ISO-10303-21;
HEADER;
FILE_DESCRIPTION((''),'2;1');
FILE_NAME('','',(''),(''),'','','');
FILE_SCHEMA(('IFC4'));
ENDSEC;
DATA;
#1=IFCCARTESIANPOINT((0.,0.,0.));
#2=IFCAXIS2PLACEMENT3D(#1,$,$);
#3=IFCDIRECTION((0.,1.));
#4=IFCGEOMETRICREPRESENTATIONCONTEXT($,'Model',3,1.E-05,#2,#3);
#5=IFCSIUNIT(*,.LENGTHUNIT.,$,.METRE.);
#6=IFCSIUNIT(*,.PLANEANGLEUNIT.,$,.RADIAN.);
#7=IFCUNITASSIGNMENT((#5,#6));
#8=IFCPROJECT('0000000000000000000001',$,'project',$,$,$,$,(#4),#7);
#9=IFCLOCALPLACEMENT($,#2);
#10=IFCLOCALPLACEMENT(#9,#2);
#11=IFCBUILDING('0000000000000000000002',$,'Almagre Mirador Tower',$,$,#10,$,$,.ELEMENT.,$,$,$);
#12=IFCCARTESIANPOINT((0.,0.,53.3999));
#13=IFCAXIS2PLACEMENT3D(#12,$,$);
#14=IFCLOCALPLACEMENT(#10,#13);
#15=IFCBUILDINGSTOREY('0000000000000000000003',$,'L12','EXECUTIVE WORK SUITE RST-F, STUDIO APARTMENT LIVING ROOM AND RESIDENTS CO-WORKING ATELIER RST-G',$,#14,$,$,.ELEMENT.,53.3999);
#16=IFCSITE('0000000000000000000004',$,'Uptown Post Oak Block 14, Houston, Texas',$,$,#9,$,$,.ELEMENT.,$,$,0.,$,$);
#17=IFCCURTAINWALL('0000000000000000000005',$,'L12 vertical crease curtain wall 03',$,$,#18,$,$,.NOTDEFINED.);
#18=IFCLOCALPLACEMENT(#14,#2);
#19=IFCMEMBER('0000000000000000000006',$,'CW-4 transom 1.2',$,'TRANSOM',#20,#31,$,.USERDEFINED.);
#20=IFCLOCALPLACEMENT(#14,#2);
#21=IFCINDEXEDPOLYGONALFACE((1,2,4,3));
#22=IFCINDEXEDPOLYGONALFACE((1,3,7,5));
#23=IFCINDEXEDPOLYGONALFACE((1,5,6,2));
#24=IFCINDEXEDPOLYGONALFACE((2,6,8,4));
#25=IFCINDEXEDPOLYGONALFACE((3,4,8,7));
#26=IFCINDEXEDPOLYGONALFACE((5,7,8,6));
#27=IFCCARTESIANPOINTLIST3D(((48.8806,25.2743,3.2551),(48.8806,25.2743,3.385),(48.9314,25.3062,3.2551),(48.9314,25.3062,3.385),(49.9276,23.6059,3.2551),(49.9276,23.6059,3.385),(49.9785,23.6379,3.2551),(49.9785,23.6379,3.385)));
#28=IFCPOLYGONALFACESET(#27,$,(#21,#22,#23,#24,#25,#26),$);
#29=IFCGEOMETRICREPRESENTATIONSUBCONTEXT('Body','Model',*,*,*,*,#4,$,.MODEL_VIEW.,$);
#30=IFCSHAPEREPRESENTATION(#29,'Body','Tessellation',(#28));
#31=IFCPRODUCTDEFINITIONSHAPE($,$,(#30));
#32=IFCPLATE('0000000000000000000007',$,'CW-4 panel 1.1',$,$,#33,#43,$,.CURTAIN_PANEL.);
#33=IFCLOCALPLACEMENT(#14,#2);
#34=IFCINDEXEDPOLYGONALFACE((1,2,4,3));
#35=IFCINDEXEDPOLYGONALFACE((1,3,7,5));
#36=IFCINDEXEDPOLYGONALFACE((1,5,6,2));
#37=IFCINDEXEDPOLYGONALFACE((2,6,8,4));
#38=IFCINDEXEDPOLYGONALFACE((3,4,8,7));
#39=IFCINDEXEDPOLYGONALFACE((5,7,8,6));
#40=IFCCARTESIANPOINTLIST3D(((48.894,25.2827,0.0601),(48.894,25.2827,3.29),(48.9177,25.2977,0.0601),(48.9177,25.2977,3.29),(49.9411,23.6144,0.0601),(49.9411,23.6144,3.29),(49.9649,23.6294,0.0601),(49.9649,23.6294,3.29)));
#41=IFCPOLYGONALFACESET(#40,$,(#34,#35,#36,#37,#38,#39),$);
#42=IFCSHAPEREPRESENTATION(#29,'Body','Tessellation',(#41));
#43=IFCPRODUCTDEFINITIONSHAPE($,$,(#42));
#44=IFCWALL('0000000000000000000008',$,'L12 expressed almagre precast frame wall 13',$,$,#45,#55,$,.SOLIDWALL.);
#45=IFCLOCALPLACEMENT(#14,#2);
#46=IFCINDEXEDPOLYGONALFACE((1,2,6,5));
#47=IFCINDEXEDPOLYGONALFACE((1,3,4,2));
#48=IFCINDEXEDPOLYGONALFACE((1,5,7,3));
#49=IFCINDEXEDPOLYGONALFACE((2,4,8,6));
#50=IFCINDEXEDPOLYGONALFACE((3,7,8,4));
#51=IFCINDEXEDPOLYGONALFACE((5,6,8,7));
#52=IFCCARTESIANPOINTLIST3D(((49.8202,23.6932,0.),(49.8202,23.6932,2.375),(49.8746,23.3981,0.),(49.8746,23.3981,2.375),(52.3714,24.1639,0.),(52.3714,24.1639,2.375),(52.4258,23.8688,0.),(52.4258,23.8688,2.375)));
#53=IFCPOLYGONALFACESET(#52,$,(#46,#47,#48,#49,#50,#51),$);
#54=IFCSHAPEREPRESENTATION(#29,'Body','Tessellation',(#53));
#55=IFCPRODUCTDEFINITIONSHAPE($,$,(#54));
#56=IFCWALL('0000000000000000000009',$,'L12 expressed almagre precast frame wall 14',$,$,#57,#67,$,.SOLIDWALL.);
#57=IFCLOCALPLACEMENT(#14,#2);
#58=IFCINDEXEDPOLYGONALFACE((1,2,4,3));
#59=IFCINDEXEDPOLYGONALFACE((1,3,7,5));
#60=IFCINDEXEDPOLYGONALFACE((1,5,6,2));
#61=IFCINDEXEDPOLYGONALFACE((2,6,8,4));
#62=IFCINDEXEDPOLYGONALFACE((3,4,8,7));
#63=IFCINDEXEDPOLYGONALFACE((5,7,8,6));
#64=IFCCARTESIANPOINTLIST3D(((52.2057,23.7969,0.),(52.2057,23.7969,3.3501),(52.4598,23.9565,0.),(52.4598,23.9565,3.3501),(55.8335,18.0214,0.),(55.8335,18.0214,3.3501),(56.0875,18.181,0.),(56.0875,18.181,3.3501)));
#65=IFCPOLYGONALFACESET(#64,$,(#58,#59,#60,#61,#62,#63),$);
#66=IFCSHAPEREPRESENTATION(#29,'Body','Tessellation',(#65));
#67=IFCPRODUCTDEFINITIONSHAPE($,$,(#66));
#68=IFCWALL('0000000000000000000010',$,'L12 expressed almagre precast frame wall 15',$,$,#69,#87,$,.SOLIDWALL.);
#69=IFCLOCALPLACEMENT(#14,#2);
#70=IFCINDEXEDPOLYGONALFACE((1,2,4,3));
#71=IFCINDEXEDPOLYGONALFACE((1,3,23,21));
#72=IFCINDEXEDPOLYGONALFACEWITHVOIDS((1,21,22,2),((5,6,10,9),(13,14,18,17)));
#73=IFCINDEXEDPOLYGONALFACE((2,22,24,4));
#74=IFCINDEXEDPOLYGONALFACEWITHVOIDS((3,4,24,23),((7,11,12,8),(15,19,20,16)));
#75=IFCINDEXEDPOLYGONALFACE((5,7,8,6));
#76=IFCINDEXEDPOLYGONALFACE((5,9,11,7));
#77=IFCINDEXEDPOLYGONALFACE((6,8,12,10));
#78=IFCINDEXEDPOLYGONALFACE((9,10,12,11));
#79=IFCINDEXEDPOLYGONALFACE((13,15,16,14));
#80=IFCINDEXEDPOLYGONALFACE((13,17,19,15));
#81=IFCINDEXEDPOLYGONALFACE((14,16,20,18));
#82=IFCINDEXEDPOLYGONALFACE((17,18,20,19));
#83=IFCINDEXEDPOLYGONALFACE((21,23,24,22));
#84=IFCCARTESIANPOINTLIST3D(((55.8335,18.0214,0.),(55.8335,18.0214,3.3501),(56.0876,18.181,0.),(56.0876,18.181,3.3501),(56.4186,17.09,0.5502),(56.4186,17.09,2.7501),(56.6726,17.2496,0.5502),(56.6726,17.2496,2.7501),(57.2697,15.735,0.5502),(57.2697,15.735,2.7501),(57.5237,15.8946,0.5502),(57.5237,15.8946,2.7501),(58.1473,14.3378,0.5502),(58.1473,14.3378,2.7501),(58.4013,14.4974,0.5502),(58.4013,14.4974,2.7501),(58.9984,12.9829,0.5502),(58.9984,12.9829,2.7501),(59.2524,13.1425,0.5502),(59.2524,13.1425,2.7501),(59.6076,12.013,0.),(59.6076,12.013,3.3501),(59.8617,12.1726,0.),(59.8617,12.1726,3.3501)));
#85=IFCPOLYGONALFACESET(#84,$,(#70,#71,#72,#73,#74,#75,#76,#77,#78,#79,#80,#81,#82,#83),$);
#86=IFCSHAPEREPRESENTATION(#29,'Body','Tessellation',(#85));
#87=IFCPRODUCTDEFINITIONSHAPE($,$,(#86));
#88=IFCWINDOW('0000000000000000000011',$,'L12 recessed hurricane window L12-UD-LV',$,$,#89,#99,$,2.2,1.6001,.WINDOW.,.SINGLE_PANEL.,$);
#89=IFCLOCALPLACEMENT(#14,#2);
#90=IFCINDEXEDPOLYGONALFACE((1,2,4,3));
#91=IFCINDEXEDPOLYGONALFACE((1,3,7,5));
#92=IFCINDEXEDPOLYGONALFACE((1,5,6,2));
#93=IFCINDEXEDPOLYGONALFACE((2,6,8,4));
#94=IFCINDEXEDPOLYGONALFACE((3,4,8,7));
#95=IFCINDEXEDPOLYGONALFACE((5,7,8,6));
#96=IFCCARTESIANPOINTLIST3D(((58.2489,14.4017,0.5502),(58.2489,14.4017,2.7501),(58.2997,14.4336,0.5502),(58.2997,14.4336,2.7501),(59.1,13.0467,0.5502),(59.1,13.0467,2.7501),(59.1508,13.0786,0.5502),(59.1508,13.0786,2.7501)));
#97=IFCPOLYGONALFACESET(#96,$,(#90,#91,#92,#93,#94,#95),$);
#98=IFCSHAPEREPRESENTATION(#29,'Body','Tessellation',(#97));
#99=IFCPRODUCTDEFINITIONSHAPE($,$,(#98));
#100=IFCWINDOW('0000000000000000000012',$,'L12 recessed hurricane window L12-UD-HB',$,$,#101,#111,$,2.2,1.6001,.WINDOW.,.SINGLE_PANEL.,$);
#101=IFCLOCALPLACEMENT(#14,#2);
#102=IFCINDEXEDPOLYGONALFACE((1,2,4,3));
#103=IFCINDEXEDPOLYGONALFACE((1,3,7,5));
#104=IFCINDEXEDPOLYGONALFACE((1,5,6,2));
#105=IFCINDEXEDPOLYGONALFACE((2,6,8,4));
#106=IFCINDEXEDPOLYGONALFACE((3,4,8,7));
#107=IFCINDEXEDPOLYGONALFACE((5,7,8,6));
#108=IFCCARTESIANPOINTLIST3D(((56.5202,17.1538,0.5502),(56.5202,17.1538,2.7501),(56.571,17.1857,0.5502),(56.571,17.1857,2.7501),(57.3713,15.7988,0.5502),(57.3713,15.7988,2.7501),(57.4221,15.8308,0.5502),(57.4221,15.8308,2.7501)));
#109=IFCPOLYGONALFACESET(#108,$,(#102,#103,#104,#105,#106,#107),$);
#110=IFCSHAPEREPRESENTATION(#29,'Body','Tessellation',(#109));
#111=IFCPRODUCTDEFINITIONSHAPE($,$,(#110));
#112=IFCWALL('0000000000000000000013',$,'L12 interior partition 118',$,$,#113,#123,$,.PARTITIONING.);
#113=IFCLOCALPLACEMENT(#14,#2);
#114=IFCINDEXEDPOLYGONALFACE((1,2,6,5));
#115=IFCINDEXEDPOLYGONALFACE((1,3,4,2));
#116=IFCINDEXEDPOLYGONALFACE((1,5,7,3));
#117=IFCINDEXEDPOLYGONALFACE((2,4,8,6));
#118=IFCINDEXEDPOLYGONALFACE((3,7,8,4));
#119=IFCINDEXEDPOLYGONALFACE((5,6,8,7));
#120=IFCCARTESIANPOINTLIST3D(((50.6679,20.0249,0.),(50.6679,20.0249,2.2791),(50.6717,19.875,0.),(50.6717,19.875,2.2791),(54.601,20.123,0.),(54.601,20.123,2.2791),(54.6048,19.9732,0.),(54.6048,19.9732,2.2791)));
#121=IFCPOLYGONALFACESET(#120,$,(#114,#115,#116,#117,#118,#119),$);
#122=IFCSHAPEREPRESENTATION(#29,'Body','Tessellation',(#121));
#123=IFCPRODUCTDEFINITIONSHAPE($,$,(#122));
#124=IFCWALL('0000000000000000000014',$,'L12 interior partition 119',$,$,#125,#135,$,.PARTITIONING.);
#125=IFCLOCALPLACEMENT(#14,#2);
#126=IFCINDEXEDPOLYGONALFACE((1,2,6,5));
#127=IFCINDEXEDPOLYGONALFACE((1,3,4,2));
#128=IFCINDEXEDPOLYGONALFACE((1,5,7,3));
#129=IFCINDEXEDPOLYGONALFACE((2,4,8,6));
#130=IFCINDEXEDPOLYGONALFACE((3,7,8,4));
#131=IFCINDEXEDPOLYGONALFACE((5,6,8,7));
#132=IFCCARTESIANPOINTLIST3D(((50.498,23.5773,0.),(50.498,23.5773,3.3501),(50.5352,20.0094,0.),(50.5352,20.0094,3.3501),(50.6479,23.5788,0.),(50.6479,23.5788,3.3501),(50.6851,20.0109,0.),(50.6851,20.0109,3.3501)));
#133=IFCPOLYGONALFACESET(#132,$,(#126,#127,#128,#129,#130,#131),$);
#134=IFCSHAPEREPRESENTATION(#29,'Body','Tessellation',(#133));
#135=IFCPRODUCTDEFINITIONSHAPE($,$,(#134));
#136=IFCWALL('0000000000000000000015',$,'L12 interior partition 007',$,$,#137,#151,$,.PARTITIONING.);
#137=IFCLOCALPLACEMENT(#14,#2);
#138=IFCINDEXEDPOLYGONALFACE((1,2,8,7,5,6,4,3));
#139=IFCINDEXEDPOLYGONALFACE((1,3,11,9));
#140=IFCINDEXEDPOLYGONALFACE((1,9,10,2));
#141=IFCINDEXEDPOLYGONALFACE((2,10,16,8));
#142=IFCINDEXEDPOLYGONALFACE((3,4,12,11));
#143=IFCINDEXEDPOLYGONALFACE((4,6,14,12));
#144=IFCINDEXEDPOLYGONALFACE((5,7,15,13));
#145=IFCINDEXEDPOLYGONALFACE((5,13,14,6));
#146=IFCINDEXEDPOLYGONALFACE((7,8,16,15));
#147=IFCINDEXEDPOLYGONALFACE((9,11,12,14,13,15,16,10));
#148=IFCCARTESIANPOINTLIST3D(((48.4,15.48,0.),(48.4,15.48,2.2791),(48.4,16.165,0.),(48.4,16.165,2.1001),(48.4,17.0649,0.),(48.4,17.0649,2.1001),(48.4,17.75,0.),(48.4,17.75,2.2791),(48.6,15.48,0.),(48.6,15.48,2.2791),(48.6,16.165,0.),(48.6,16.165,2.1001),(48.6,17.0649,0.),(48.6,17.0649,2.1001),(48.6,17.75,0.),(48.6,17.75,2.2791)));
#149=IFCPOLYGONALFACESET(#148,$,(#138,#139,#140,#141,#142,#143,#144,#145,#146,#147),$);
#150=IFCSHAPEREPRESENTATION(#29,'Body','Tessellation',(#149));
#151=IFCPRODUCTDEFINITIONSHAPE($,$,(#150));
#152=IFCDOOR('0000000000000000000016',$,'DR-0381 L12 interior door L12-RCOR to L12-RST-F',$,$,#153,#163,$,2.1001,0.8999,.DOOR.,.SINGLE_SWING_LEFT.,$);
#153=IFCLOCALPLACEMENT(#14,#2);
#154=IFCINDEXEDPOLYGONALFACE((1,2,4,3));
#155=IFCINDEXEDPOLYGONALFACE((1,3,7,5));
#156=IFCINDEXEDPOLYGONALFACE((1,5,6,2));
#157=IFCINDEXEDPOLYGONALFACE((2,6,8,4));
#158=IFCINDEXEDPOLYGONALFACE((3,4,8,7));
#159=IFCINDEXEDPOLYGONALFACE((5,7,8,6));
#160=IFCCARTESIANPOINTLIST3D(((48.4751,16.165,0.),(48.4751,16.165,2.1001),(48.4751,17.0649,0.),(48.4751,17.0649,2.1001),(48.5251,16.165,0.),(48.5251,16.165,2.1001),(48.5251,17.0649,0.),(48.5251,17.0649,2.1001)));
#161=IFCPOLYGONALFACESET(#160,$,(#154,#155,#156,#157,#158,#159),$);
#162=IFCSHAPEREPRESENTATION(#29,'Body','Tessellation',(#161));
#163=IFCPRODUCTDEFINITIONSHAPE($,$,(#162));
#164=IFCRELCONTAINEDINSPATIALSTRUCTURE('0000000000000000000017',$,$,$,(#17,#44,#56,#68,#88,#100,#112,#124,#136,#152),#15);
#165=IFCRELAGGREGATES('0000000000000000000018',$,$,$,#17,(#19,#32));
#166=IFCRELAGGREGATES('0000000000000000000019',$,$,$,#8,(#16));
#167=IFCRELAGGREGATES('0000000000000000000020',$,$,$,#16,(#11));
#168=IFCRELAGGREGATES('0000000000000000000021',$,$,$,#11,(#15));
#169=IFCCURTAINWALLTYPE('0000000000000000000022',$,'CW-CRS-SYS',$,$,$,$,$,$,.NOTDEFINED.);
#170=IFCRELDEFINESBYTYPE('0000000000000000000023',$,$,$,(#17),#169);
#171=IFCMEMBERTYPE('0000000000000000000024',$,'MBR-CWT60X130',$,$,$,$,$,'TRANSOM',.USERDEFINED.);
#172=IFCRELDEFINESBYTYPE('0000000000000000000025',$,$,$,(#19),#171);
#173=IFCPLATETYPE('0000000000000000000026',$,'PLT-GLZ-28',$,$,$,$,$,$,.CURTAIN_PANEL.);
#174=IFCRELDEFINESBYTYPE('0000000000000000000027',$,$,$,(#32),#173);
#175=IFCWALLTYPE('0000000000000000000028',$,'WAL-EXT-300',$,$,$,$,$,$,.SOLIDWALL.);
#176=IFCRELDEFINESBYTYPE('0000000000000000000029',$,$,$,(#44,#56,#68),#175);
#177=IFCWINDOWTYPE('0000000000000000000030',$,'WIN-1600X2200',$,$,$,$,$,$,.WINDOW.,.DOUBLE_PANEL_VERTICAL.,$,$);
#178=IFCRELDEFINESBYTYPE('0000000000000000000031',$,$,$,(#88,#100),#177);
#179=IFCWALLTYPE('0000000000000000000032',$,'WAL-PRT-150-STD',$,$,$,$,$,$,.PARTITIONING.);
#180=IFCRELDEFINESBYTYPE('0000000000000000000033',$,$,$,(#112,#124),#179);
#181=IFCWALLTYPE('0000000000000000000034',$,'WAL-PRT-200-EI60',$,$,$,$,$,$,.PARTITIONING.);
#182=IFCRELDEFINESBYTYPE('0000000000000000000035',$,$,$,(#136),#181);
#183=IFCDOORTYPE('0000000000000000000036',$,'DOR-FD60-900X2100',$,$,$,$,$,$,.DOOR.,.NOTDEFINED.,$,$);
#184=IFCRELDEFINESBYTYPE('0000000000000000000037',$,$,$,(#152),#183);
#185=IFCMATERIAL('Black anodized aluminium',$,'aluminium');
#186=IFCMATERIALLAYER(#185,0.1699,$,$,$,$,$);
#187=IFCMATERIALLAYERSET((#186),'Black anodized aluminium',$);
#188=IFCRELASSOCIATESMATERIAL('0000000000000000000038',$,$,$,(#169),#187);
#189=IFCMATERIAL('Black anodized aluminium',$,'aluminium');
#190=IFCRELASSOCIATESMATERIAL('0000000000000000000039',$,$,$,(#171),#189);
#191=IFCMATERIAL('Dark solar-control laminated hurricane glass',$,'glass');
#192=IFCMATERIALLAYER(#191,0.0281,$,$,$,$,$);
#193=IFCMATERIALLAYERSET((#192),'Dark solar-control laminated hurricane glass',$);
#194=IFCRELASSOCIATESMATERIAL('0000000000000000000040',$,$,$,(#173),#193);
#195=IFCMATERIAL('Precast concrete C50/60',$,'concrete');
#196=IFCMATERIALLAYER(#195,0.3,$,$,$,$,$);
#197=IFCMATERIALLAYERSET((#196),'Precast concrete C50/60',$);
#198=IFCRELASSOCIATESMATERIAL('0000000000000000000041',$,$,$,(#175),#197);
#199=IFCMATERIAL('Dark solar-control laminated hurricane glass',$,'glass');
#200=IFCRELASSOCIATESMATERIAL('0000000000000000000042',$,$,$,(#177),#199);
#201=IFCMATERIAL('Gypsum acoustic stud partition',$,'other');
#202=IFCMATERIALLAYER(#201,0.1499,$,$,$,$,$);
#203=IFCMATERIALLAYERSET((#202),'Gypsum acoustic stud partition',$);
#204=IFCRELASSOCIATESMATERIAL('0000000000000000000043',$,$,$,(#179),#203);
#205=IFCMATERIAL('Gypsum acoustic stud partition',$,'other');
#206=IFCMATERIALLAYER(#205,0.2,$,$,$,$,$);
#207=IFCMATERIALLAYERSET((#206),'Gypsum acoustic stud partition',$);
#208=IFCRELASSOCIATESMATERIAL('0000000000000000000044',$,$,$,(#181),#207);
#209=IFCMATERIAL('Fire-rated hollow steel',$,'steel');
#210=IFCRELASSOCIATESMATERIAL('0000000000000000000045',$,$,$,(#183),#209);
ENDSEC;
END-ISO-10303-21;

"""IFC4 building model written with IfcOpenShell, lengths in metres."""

from ifc_helpers import new_model, si_unit, direction, frame, frame_2d, origin, origin_2d, place, context, subcontext, project, spatial, rectangle, extrude, material, layer, layer_set, material_profile, profile_set, type_object, element, fill, aggregate, save


model = new_model("IFC4")

# Units and contexts
model_context = context("Model", 3, precision=1e-05, world=origin(), true_north=direction((0.0, 1.0)))
body_context = subcontext(model_context, "Body", "Model", "MODEL_VIEW")
ifc_project = project(units=[si_unit("LENGTHUNIT", "METRE"), si_unit("PLANEANGLEUNIT", "RADIAN")], contexts=[model_context])

# Site, building, storey
site_placement = place(None, origin())
site = spatial("IfcSite", under=ifc_project, at=site_placement, Name="Uptown Post Oak Block 14, Houston, Texas", CompositionType="ELEMENT", RefElevation=0.0)
building_placement = place(site_placement, origin())
building = spatial("IfcBuilding", under=site, at=building_placement, Name="Almagre Mirador Tower", CompositionType="ELEMENT")
storey_placement = place(building_placement, frame((0.0, 0.0, 53.3999)))
storey = spatial("IfcBuildingStorey", under=building, at=storey_placement, Name="L12", Description="EXECUTIVE WORK SUITE RST-F, STUDIO APARTMENT LIVING ROOM AND RESIDENTS CO-WORKING ATELIER RST-G", CompositionType="ELEMENT", Elevation=53.3999)

# Curtain wall, member, plate
ifc_material_1 = material(Name="Black anodized aluminium", Category="aluminium")
ifc_layer_1 = layer(ifc_material_1, 0.1699)
ifc_layer_set_1 = layer_set([ifc_layer_1], Name="Black anodized aluminium")
curtain_wall_type = type_object("IfcCurtainWallType", Name="CW-CRS-SYS", PredefinedType="NOTDEFINED", material=ifc_layer_set_1)
curtain_wall_placement = place(storey_placement, origin())
curtain_wall = element("IfcCurtainWall", 1, at=curtain_wall_placement, inside=storey, type_object=curtain_wall_type, Name="L12 vertical crease curtain wall 03", PredefinedType="NOTDEFINED")
ifc_material_2 = material(Name="Black anodized aluminium", Category="aluminium")
ifc_material_profile_1 = material_profile(ifc_material_2, rectangle(XDim=0.0601, YDim=0.1299, at=origin_2d()), Name="CWT60X130")
ifc_profile_set_1 = profile_set([ifc_material_profile_1], Name="Black anodized aluminium")
member_type_1 = type_object("IfcMemberType", Name="MBR-CWT60X130", ElementType="TRANSOM", PredefinedType="USERDEFINED", material=ifc_profile_set_1)
member_1_placement = place(storey_placement, frame((48.906, 25.2903, 3.3201), z_axis=(0.53158, -0.847008, 0.0), x_axis=(0.847008, 0.53158, 0.0)))
member_1 = element("IfcMember", 2, at=member_1_placement, type_object=member_type_1, Name="CW-4 transom 1.2", ObjectType="TRANSOM", PredefinedType="USERDEFINED", context=body_context, shape_type="SweptSolid", body=[
    extrude(rectangle(XDim=0.0601, YDim=0.1299, at=origin_2d()), origin(), (0.0, 0.0, 1.0), 1.9697),
])
ifc_material_3 = material(Name="Dark solar-control laminated hurricane glass", Category="glass")
ifc_layer_2 = layer(ifc_material_3, 0.0281)
ifc_layer_set_2 = layer_set([ifc_layer_2], Name="Dark solar-control laminated hurricane glass")
plate_type = type_object("IfcPlateType", Name="PLT-GLZ-28", PredefinedType="CURTAIN_PANEL", material=ifc_layer_set_2)
plate_placement = place(storey_placement, frame((49.4294, 24.4561, 0.0601), z_axis=(0.0, 0.0, 1.0), x_axis=(0.531632, -0.846975, 0.0)))
plate = element("IfcPlate", 3, at=plate_placement, type_object=plate_type, Name="CW-4 panel 1.1", PredefinedType="CURTAIN_PANEL", context=body_context, shape_type="SweptSolid", body=[
    extrude(rectangle(XDim=1.9697, YDim=0.0281, at=origin_2d()), origin(), (0.0, 0.0, 1.0), 3.23),
])
aggregate(curtain_wall, [member_1, plate])

# Walls
ifc_material_4 = material(Name="Precast concrete C50/60", Category="concrete")
ifc_layer_3 = layer(ifc_material_4, 0.3)
ifc_layer_set_3 = layer_set([ifc_layer_3], Name="Precast concrete C50/60")
wall_type_1 = type_object("IfcWallType", Name="WAL-EXT-300", PredefinedType="SOLIDWALL", material=ifc_layer_set_3)
wall_1_placement = place(storey_placement, frame((49.8474, 23.5457, 0.0), z_axis=(0.0, 0.0, 1.0), x_axis=(0.983403, 0.181435, 0.0)))
element("IfcWall", 4, at=wall_1_placement, inside=storey, type_object=wall_type_1, Name="L12 expressed almagre precast frame wall 13", PredefinedType="SOLIDWALL", context=body_context, shape_type="SweptSolid", body=[
    extrude(rectangle(XDim=2.5942, YDim=0.3, at=frame_2d((1.2971, 0.0))), origin(), (0.0, 0.0, 1.0), 2.375),
])
wall_2_placement = place(storey_placement, frame((52.3328, 23.8767, 0.0), z_axis=(0.0, 0.0, 1.0), x_axis=(0.531902, -0.846806, 0.0)))
element("IfcWall", 5, at=wall_2_placement, inside=storey, type_object=wall_type_1, Name="L12 expressed almagre precast frame wall 14", PredefinedType="SOLIDWALL", context=body_context, shape_type="SweptSolid", body=[
    extrude(rectangle(XDim=6.8203, YDim=0.3, at=frame_2d((3.4102, 0.0))), origin(), (0.0, 0.0, 1.0), 3.3501),
])

# Wall, openings, windows
wall_3_placement = place(storey_placement, frame((55.9604, 18.1013, 0.0), z_axis=(0.0, 0.0, 1.0), x_axis=(0.531906, -0.846803, 0.0)))
wall_3 = element("IfcWall", 6, at=wall_3_placement, inside=storey, type_object=wall_type_1, Name="L12 expressed almagre precast frame wall 15", PredefinedType="SOLIDWALL", context=body_context, shape_type="SweptSolid", body=[
    extrude(rectangle(XDim=7.0955, YDim=0.3, at=frame_2d((3.5479, 0.0))), origin(), (0.0, 0.0, 1.0), 3.3501),
])
opening_1_placement = place(wall_3_placement, frame((4.3501, 0.0, 0.55)))
opening_1 = element("IfcOpeningElement", 7, at=opening_1_placement, cuts=wall_3, PredefinedType="OPENING", context=body_context, shape_type="SweptSolid", body=[
    extrude(rectangle(XDim=1.6001, YDim=2.2, at=frame_2d((0.8, 1.1001))), frame((0.0, 0.1599, 0.0), z_axis=(0.0, -1.0, 0.0), x_axis=(1.0, 0.0, 0.0)), (0.0, 0.0, 1.0), 0.32),
])
opening_2_placement = place(wall_3_placement, frame((1.1001, 0.0, 0.55)))
opening_2 = element("IfcOpeningElement", 8, at=opening_2_placement, cuts=wall_3, PredefinedType="OPENING", context=body_context, shape_type="SweptSolid", body=[
    extrude(rectangle(XDim=1.6001, YDim=2.2, at=frame_2d((0.8, 1.1001))), frame((0.0, 0.1599, 0.0), z_axis=(0.0, -1.0, 0.0), x_axis=(1.0, 0.0, 0.0)), (0.0, 0.0, 1.0), 0.32),
])
ifc_material_5 = material(Name="Dark solar-control laminated hurricane glass", Category="glass")
window_type = type_object("IfcWindowType", Name="WIN-1600X2200", PartitioningType="DOUBLE_PANEL_VERTICAL", PredefinedType="WINDOW", material=ifc_material_5)
window_1_placement = place(opening_1_placement, origin())
window_1 = element("IfcWindow", 9, at=window_1_placement, inside=storey, type_object=window_type, Name="L12 recessed hurricane window L12-UD-LV", OverallHeight=2.2, OverallWidth=1.6001, PartitioningType="SINGLE_PANEL", PredefinedType="WINDOW", context=body_context, shape_type="SweptSolid", body=[
    extrude(rectangle(XDim=1.6001, YDim=2.2, at=frame_2d((0.8, 1.1001))), frame((0.0, 0.03, 0.0), z_axis=(0.0, -1.0, 0.0), x_axis=(1.0, 0.0, 0.0)), (0.0, 0.0, 1.0), 0.0601),
])
fill(opening_1, window_1)
window_2_placement = place(opening_2_placement, origin())
window_2 = element("IfcWindow", 10, at=window_2_placement, inside=storey, type_object=window_type, Name="L12 recessed hurricane window L12-UD-HB", OverallHeight=2.2, OverallWidth=1.6001, PartitioningType="SINGLE_PANEL", PredefinedType="WINDOW", context=body_context, shape_type="SweptSolid", body=[
    extrude(rectangle(XDim=1.6001, YDim=2.2, at=frame_2d((0.8, 1.1001))), frame((0.0, 0.03, 0.0), z_axis=(0.0, -1.0, 0.0), x_axis=(1.0, 0.0, 0.0)), (0.0, 0.0, 1.0), 0.0601),
])
fill(opening_2, window_2)

# Walls
ifc_material_6 = material(Name="Gypsum acoustic stud partition", Category="other")
ifc_layer_4 = layer(ifc_material_6, 0.1499)
ifc_layer_set_4 = layer_set([ifc_layer_4], Name="Gypsum acoustic stud partition")
wall_type_2 = type_object("IfcWallType", Name="WAL-PRT-150-STD", PredefinedType="PARTITIONING", material=ifc_layer_set_4)
wall_4_placement = place(storey_placement, frame((54.603, 20.0481, 0.0), z_axis=(0.0, 0.0, 1.0), x_axis=(-0.999689, -0.024946, 0.0)))
element("IfcWall", 11, at=wall_4_placement, inside=storey, type_object=wall_type_2, Name="L12 interior partition 118", PredefinedType="PARTITIONING", context=body_context, shape_type="SweptSolid", body=[
    extrude(rectangle(XDim=3.9343, YDim=0.1499, at=frame_2d((1.9673, 0.0))), origin(), (0.0, 0.0, 1.0), 2.2791),
])
wall_5_placement = place(storey_placement, frame((50.6101, 20.01, 0.0), z_axis=(0.0, 0.0, 1.0), x_axis=(-0.0104, 0.999946, 0.0)))
element("IfcWall", 12, at=wall_5_placement, inside=storey, type_object=wall_type_2, Name="L12 interior partition 119", PredefinedType="PARTITIONING", context=body_context, shape_type="SweptSolid", body=[
    extrude(rectangle(XDim=3.5681, YDim=0.1499, at=frame_2d((1.7842, 0.0))), origin(), (0.0, 0.0, 1.0), 3.3501),
])

# Wall, opening, door
ifc_material_7 = material(Name="Gypsum acoustic stud partition", Category="other")
ifc_layer_5 = layer(ifc_material_7, 0.2)
ifc_layer_set_5 = layer_set([ifc_layer_5], Name="Gypsum acoustic stud partition")
wall_type_3 = type_object("IfcWallType", Name="WAL-PRT-200-EI60", PredefinedType="PARTITIONING", material=ifc_layer_set_5)
wall_6_placement = place(storey_placement, frame((48.5, 15.48, 0.0), z_axis=(0.0, 0.0, 1.0), x_axis=(0.0, 1.0, 0.0)))
wall_6 = element("IfcWall", 13, at=wall_6_placement, inside=storey, type_object=wall_type_3, Name="L12 interior partition 007", PredefinedType="PARTITIONING", context=body_context, shape_type="SweptSolid", body=[
    extrude(rectangle(XDim=2.27, YDim=0.2, at=frame_2d((1.135, 0.0))), origin(), (0.0, 0.0, 1.0), 2.2791),
])
opening_3_placement = place(wall_6_placement, frame((0.6851, 0.0, 0.0)))
opening_3 = element("IfcOpeningElement", 14, at=opening_3_placement, cuts=wall_6, PredefinedType="OPENING", context=body_context, shape_type="SweptSolid", body=[
    extrude(rectangle(XDim=0.8999, YDim=2.1001, at=frame_2d((0.45, 1.05))), frame((0.0, 0.1101, 0.0), z_axis=(0.0, -1.0, 0.0), x_axis=(1.0, 0.0, 0.0)), (0.0, 0.0, 1.0), 0.22),
])
ifc_material_8 = material(Name="Fire-rated hollow steel", Category="steel")
door_type_1 = type_object("IfcDoorType", Name="DOR-FD60-900X2100", OperationType="NOTDEFINED", PredefinedType="DOOR", material=ifc_material_8)
door_1_placement = place(opening_3_placement, origin())
door_1 = element("IfcDoor", 15, at=door_1_placement, inside=storey, type_object=door_type_1, Name="DR-0381 L12 interior door L12-RCOR to L12-RST-F", OperationType="SINGLE_SWING_LEFT", OverallHeight=2.1001, OverallWidth=0.8999, PredefinedType="DOOR", context=body_context, shape_type="SweptSolid", body=[
    extrude(rectangle(XDim=0.8999, YDim=2.1001, at=frame_2d((0.45, 1.05))), frame((0.0, 0.0249, 0.0), z_axis=(0.0, -1.0, 0.0), x_axis=(1.0, 0.0, 0.0)), (0.0, 0.0, 1.0), 0.05),
])
fill(opening_3, door_1)

save(model, "model.ifc")
